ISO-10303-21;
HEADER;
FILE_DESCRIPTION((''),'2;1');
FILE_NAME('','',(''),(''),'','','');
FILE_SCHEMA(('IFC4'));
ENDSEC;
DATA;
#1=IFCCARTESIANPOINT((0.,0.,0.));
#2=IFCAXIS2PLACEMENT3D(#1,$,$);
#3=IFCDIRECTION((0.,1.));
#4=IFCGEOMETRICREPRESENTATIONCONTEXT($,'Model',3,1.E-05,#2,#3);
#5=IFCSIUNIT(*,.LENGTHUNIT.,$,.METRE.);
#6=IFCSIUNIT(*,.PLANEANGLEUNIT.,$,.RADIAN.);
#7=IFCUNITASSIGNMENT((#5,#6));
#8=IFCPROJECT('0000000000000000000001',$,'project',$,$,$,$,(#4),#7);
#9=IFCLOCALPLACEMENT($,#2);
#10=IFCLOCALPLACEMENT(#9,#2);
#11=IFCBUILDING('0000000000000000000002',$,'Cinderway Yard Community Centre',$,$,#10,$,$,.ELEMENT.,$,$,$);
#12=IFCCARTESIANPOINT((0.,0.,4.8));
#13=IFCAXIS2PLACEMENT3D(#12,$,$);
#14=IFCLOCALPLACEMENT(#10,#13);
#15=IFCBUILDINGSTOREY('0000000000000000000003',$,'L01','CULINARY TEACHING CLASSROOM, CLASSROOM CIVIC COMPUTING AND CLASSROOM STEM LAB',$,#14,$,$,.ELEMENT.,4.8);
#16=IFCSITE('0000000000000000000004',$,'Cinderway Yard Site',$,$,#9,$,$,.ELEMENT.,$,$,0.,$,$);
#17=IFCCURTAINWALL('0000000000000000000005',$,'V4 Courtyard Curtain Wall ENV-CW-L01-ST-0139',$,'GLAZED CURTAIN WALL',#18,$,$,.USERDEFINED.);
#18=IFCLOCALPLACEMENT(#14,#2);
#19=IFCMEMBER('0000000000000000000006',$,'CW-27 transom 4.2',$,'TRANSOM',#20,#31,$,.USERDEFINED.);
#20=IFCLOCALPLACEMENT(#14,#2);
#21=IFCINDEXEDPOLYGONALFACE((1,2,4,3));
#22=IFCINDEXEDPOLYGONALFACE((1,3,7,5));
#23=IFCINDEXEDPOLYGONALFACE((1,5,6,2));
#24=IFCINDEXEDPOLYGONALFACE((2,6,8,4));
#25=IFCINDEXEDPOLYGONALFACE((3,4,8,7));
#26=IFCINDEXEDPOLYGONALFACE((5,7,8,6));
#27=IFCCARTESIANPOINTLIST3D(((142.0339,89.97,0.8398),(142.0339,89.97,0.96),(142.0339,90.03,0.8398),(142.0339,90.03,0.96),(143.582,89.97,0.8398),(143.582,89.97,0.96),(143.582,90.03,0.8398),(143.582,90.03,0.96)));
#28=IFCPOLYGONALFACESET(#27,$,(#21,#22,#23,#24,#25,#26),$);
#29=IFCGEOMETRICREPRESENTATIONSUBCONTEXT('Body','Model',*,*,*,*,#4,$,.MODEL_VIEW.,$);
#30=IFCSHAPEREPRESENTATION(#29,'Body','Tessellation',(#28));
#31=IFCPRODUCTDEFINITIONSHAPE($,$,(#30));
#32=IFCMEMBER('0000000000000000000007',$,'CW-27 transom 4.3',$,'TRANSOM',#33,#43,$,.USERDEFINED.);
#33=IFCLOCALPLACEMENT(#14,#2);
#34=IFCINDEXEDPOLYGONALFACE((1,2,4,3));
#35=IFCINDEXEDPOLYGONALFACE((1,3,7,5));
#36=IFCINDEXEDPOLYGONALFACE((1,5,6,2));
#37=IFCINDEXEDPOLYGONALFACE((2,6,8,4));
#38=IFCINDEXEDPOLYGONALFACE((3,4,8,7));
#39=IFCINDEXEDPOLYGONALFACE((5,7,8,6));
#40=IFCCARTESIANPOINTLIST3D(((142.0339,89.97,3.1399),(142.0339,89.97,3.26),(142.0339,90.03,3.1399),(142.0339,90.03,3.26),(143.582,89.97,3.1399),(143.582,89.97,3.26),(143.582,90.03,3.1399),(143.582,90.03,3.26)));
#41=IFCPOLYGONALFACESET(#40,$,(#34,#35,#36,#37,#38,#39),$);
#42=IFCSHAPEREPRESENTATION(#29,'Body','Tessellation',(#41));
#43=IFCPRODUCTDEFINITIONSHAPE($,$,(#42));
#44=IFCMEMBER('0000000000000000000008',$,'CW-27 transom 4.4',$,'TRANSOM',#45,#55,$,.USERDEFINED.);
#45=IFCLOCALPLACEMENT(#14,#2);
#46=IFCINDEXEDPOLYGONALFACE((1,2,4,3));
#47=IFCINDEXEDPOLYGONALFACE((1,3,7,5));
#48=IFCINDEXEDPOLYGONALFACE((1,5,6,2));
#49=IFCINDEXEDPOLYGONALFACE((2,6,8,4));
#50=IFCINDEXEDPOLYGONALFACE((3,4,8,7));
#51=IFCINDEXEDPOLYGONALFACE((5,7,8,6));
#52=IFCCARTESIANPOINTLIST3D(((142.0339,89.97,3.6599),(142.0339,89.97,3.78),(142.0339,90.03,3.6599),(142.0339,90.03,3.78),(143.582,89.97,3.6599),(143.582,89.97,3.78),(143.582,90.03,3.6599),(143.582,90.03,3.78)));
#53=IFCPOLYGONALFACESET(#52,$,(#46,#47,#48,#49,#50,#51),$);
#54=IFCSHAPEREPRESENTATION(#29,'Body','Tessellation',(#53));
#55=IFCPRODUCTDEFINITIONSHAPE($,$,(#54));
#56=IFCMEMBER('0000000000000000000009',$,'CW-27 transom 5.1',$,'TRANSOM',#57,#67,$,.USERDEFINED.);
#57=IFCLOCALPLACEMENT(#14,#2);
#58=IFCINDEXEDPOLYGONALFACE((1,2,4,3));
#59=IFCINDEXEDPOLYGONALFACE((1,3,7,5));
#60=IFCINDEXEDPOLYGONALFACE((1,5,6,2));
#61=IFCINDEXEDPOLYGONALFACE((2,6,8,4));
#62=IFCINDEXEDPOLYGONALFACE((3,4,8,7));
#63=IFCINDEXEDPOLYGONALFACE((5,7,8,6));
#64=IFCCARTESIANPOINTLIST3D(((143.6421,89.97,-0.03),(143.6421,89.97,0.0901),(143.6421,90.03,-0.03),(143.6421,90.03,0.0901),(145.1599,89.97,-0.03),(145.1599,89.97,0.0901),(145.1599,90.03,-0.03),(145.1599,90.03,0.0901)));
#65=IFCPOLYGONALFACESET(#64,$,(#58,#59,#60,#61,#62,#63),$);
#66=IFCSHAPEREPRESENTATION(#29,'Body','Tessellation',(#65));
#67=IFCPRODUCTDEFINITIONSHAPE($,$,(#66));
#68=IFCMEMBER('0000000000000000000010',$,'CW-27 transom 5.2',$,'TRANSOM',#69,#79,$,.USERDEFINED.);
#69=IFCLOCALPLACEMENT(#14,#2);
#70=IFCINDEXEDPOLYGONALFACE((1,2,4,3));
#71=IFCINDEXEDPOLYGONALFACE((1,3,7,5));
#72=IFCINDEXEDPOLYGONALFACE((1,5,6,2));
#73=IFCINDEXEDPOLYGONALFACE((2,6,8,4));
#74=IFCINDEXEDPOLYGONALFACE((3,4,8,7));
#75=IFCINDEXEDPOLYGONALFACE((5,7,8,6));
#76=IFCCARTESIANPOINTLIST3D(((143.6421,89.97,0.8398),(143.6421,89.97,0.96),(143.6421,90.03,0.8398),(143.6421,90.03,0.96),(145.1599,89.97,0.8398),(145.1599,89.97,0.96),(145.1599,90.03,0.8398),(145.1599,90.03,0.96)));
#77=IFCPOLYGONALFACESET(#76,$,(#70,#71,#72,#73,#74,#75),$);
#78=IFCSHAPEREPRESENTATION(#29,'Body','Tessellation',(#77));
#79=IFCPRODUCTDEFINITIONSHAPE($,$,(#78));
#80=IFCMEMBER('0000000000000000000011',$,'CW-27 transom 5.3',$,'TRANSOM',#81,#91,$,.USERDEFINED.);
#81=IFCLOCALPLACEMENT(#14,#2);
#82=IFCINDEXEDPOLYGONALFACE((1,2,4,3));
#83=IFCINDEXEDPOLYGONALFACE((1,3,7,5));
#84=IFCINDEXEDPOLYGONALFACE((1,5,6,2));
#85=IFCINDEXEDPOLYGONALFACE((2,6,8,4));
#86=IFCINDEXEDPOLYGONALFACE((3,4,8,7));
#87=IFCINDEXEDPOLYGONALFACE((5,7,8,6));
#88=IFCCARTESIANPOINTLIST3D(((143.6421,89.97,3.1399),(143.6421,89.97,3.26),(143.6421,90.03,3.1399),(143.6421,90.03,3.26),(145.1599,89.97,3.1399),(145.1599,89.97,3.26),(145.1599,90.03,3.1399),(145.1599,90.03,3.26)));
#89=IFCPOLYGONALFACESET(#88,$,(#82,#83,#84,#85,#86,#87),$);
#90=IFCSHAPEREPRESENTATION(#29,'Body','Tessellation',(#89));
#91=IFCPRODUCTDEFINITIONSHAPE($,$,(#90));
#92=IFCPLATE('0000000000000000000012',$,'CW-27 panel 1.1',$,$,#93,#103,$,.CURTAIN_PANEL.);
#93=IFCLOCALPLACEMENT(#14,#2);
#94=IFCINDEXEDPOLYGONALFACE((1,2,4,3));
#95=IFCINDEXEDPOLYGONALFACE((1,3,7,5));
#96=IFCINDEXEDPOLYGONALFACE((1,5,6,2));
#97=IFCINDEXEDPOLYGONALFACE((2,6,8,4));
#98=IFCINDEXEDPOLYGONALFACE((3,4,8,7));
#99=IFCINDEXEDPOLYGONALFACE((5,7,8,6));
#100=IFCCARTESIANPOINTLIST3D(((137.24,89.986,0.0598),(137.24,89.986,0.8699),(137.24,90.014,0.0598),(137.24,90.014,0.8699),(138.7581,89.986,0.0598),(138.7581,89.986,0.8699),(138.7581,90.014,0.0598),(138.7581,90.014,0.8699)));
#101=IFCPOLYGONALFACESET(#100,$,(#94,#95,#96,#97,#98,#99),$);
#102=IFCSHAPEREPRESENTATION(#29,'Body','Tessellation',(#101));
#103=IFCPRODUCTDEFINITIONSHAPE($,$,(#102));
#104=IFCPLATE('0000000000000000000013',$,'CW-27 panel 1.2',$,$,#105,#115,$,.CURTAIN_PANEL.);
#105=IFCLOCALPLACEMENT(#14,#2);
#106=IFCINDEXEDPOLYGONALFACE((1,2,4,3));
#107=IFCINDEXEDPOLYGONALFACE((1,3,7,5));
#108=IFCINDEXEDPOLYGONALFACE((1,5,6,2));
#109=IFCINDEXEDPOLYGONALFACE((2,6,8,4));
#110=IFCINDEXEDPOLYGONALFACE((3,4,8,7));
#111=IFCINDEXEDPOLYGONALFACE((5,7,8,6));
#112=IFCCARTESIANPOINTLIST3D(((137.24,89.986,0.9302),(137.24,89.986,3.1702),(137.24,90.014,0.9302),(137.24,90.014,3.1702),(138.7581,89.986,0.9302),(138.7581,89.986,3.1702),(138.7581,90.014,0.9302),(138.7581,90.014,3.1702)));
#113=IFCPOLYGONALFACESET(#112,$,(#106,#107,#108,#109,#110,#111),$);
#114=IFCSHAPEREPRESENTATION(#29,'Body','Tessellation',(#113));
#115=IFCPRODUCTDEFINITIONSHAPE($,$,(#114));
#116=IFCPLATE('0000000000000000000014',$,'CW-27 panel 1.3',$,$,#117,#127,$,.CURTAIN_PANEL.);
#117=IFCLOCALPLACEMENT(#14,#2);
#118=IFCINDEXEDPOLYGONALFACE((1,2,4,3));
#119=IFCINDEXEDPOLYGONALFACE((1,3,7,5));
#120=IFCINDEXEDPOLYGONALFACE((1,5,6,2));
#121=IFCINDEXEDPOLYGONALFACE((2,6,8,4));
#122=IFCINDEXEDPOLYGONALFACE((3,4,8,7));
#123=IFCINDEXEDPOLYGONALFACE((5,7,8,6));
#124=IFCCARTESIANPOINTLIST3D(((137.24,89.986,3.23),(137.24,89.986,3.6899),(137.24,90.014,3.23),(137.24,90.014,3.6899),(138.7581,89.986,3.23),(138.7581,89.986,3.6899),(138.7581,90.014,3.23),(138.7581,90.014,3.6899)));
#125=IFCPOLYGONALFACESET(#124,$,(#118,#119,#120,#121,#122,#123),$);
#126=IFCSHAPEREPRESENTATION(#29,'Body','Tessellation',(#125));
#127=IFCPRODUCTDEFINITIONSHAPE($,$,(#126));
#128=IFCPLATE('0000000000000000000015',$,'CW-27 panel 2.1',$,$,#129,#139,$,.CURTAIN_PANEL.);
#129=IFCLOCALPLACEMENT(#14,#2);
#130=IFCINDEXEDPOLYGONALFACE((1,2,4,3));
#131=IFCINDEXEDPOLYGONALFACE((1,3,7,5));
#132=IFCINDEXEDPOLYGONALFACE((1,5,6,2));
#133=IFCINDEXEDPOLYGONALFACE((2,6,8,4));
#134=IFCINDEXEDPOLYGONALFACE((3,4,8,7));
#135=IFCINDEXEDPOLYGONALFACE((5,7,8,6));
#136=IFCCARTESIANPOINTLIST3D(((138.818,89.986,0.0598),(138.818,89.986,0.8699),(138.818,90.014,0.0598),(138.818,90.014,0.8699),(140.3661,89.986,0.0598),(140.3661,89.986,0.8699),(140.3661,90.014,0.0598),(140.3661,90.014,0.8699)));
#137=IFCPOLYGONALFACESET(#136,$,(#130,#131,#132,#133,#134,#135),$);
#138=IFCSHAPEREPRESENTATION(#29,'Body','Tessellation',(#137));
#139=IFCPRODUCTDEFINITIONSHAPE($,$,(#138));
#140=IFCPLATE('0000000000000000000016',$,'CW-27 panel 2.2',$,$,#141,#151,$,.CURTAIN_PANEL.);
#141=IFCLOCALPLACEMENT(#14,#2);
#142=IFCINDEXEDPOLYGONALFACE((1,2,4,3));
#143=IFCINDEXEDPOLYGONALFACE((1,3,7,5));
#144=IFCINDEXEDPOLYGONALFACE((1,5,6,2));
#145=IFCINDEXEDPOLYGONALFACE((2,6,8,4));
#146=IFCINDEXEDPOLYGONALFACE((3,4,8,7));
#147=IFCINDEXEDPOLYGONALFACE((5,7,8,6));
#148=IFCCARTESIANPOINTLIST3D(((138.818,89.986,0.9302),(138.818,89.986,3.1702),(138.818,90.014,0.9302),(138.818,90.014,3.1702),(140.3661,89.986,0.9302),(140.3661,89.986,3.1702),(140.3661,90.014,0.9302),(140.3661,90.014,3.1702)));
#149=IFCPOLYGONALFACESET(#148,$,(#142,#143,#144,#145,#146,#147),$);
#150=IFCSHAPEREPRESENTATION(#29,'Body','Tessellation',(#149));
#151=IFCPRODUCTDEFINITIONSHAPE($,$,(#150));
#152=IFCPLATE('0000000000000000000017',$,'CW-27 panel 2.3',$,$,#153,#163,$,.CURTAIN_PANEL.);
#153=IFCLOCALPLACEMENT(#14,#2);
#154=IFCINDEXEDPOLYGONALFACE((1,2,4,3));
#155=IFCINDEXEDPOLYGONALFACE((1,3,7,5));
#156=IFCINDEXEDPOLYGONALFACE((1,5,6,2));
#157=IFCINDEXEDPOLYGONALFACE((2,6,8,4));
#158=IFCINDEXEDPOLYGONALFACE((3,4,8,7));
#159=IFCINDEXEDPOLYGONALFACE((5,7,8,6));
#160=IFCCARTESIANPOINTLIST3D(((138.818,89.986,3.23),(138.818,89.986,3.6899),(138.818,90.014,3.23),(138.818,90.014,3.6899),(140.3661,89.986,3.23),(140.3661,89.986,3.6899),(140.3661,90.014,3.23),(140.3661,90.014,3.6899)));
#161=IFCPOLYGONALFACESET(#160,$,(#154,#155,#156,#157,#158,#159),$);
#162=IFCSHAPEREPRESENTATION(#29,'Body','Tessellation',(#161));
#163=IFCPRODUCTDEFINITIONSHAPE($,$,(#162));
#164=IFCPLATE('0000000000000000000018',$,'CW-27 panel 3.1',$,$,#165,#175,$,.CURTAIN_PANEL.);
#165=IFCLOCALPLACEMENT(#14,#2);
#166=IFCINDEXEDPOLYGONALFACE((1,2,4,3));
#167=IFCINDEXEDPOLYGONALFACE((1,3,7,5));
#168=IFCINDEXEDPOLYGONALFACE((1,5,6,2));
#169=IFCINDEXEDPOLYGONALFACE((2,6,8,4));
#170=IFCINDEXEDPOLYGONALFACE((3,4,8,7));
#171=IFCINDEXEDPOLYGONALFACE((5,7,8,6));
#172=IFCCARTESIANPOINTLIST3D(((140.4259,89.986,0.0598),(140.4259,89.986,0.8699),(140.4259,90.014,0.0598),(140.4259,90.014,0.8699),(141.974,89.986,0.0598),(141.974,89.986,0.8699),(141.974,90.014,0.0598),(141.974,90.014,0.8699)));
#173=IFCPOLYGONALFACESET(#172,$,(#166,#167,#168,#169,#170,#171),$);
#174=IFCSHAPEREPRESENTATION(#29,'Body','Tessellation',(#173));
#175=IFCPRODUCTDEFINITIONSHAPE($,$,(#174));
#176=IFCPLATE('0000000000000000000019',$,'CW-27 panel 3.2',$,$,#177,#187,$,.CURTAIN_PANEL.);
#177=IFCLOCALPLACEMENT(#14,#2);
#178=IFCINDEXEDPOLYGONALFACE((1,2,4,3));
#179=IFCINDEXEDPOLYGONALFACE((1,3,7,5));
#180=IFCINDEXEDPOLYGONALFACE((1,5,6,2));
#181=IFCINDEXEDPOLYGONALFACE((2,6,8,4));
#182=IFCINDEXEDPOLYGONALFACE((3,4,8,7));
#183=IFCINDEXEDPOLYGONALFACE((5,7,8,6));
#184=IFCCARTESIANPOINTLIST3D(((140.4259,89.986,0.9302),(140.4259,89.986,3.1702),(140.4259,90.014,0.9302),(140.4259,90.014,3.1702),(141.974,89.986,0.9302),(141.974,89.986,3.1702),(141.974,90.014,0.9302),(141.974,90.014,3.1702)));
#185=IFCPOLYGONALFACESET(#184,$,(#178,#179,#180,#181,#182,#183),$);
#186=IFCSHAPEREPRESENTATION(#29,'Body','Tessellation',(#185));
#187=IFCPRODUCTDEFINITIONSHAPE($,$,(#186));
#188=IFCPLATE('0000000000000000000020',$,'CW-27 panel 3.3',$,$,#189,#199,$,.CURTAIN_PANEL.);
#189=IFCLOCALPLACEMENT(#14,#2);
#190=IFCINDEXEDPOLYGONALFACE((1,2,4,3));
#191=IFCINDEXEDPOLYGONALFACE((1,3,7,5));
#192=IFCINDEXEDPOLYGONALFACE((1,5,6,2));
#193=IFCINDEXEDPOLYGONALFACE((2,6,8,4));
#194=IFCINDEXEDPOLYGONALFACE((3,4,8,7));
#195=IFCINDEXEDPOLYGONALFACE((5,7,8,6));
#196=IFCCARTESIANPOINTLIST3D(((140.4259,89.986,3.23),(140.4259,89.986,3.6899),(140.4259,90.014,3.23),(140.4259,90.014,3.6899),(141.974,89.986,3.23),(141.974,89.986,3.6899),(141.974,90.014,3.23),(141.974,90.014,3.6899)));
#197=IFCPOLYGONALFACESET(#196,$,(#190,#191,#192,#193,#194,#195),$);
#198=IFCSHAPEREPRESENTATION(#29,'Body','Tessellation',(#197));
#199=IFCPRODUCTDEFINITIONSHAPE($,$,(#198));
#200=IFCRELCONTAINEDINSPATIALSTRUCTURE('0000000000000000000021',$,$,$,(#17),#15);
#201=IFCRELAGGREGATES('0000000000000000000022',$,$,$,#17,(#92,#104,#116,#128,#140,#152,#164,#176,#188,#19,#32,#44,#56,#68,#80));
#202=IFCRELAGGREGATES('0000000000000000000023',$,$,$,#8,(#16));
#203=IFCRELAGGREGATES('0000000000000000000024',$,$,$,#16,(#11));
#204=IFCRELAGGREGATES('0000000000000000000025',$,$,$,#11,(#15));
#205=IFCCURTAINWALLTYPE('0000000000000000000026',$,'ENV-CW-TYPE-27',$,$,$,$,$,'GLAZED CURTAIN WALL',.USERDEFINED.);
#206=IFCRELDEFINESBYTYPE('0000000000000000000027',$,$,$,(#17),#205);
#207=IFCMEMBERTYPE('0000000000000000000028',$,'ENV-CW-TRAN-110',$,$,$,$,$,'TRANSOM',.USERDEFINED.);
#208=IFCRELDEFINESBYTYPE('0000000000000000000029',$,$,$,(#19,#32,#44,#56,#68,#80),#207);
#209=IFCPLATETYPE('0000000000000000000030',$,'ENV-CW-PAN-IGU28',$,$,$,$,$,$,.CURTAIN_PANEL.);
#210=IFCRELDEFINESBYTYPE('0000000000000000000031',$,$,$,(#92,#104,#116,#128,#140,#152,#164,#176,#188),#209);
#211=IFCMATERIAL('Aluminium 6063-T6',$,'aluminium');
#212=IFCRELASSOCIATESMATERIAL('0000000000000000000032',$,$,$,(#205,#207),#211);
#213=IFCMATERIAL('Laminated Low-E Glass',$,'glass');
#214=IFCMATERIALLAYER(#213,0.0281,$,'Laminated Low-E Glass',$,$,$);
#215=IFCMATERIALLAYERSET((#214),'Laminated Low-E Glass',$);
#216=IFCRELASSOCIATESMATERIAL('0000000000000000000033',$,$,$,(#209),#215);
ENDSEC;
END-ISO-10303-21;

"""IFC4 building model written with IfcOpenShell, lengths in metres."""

from ifc_helpers import new_model, si_unit, direction, frame, origin, origin_2d, place, context, subcontext, project, spatial, rectangle, extrude, material, layer, layer_set, material_profile, profile_set, type_object, element, aggregate, save


model = new_model("IFC4")

# Units and contexts
model_context = context("Model", 3, precision=1e-05, world=origin(), true_north=direction((0.0, 1.0)))
body_context = subcontext(model_context, "Body", "Model", "MODEL_VIEW")
ifc_project = project(units=[si_unit("LENGTHUNIT", "METRE"), si_unit("PLANEANGLEUNIT", "RADIAN")], contexts=[model_context])

# Site, building, storey
site_placement = place(None, origin())
site = spatial("IfcSite", under=ifc_project, at=site_placement, Name="Cinderway Yard Site", CompositionType="ELEMENT", RefElevation=0.0)
building_placement = place(site_placement, origin())
building = spatial("IfcBuilding", under=site, at=building_placement, Name="Cinderway Yard Community Centre", CompositionType="ELEMENT")
storey_placement = place(building_placement, frame((0.0, 0.0, 4.8)))
storey = spatial("IfcBuildingStorey", under=building, at=storey_placement, Name="L01", Description="CULINARY TEACHING CLASSROOM, CLASSROOM CIVIC COMPUTING AND CLASSROOM STEM LAB", CompositionType="ELEMENT", Elevation=4.8)

# Curtain wall, members, plates
ifc_material_1 = material(Name="Aluminium 6063-T6", Category="aluminium")
curtain_wall_type = type_object("IfcCurtainWallType", Name="ENV-CW-TYPE-27", ElementType="GLAZED CURTAIN WALL", PredefinedType="USERDEFINED", material=ifc_material_1)
curtain_wall_placement = place(storey_placement, origin())
curtain_wall = element("IfcCurtainWall", 1, at=curtain_wall_placement, inside=storey, type_object=curtain_wall_type, Name="V4 Courtyard Curtain Wall ENV-CW-L01-ST-0139", ObjectType="GLAZED CURTAIN WALL", PredefinedType="USERDEFINED")
ifc_material_profile_1 = material_profile(ifc_material_1, rectangle(XDim=0.0601, YDim=0.1201, at=origin_2d()), Name="Aluminium 6063-T6")
ifc_profile_set_1 = profile_set([ifc_material_profile_1], Name="Aluminium 6063-T6")
member_type_1 = type_object("IfcMemberType", Name="ENV-CW-TRAN-110", ElementType="TRANSOM", PredefinedType="USERDEFINED", material=ifc_profile_set_1)
member_1_placement = place(storey_placement, frame((142.0339, 90.0, 0.8999), z_axis=(1.0, 0.0, 0.0), x_axis=(0.0, 1.0, 0.0)))
member_1 = element("IfcMember", 2, at=member_1_placement, type_object=member_type_1, Name="CW-27 transom 4.2", ObjectType="TRANSOM", PredefinedType="USERDEFINED", context=body_context, shape_type="SweptSolid", body=[
    extrude(rectangle(XDim=0.0601, YDim=0.1201, at=origin_2d()), origin(), (0.0, 0.0, 1.0), 1.5481),
])
member_2_placement = place(storey_placement, frame((142.0339, 90.0, 3.2), z_axis=(1.0, 0.0, 0.0), x_axis=(0.0, 1.0, 0.0)))
member_2 = element("IfcMember", 3, at=member_2_placement, type_object=member_type_1, Name="CW-27 transom 4.3", ObjectType="TRANSOM", PredefinedType="USERDEFINED", context=body_context, shape_type="SweptSolid", body=[
    extrude(rectangle(XDim=0.0601, YDim=0.1201, at=origin_2d()), origin(), (0.0, 0.0, 1.0), 1.5481),
])
member_3_placement = place(storey_placement, frame((142.0339, 90.0, 3.72), z_axis=(1.0, 0.0, 0.0), x_axis=(0.0, 1.0, 0.0)))
member_3 = element("IfcMember", 4, at=member_3_placement, type_object=member_type_1, Name="CW-27 transom 4.4", ObjectType="TRANSOM", PredefinedType="USERDEFINED", context=body_context, shape_type="SweptSolid", body=[
    extrude(rectangle(XDim=0.0601, YDim=0.1201, at=origin_2d()), origin(), (0.0, 0.0, 1.0), 1.5481),
])
member_4_placement = place(storey_placement, frame((143.6421, 90.0, 0.03), z_axis=(1.0, 0.0, 0.0), x_axis=(0.0, 1.0, 0.0)))
member_4 = element("IfcMember", 5, at=member_4_placement, type_object=member_type_1, Name="CW-27 transom 5.1", ObjectType="TRANSOM", PredefinedType="USERDEFINED", context=body_context, shape_type="SweptSolid", body=[
    extrude(rectangle(XDim=0.0601, YDim=0.1201, at=origin_2d()), origin(), (0.0, 0.0, 1.0), 1.5178),
])
member_5_placement = place(storey_placement, frame((143.6421, 90.0, 0.8999), z_axis=(1.0, 0.0, 0.0), x_axis=(0.0, 1.0, 0.0)))
member_5 = element("IfcMember", 6, at=member_5_placement, type_object=member_type_1, Name="CW-27 transom 5.2", ObjectType="TRANSOM", PredefinedType="USERDEFINED", context=body_context, shape_type="SweptSolid", body=[
    extrude(rectangle(XDim=0.0601, YDim=0.1201, at=origin_2d()), origin(), (0.0, 0.0, 1.0), 1.5178),
])
member_6_placement = place(storey_placement, frame((143.6421, 90.0, 3.2), z_axis=(1.0, 0.0, 0.0), x_axis=(0.0, 1.0, 0.0)))
member_6 = element("IfcMember", 7, at=member_6_placement, type_object=member_type_1, Name="CW-27 transom 5.3", ObjectType="TRANSOM", PredefinedType="USERDEFINED", context=body_context, shape_type="SweptSolid", body=[
    extrude(rectangle(XDim=0.0601, YDim=0.1201, at=origin_2d()), origin(), (0.0, 0.0, 1.0), 1.5178),
])
ifc_material_2 = material(Name="Laminated Low-E Glass", Category="glass")
ifc_layer = layer(ifc_material_2, 0.0281, Name="Laminated Low-E Glass")
ifc_layer_set = layer_set([ifc_layer], Name="Laminated Low-E Glass")
plate_type = type_object("IfcPlateType", Name="ENV-CW-PAN-IGU28", PredefinedType="CURTAIN_PANEL", material=ifc_layer_set)
plate_1_placement = place(storey_placement, frame((137.999, 90.0, 0.0598), z_axis=(0.0, 0.0, 1.0), x_axis=(1.0, 0.0, 0.0)))
plate_1 = element("IfcPlate", 8, at=plate_1_placement, type_object=plate_type, Name="CW-27 panel 1.1", PredefinedType="CURTAIN_PANEL", context=body_context, shape_type="SweptSolid", body=[
    extrude(rectangle(XDim=1.5181, YDim=0.0281, at=origin_2d()), origin(), (0.0, 0.0, 1.0), 0.8101),
])
plate_2_placement = place(storey_placement, frame((137.999, 90.0, 0.9302), z_axis=(0.0, 0.0, 1.0), x_axis=(1.0, 0.0, 0.0)))
plate_2 = element("IfcPlate", 9, at=plate_2_placement, type_object=plate_type, Name="CW-27 panel 1.2", PredefinedType="CURTAIN_PANEL", context=body_context, shape_type="SweptSolid", body=[
    extrude(rectangle(XDim=1.5181, YDim=0.0281, at=origin_2d()), origin(), (0.0, 0.0, 1.0), 2.24),
])
plate_3_placement = place(storey_placement, frame((137.999, 90.0, 3.23), z_axis=(0.0, 0.0, 1.0), x_axis=(1.0, 0.0, 0.0)))
plate_3 = element("IfcPlate", 10, at=plate_3_placement, type_object=plate_type, Name="CW-27 panel 1.3", PredefinedType="CURTAIN_PANEL", context=body_context, shape_type="SweptSolid", body=[
    extrude(rectangle(XDim=1.5181, YDim=0.0281, at=origin_2d()), origin(), (0.0, 0.0, 1.0), 0.46),
])
plate_4_placement = place(storey_placement, frame((139.592, 90.0, 0.0598), z_axis=(0.0, 0.0, 1.0), x_axis=(1.0, 0.0, 0.0)))
plate_4 = element("IfcPlate", 11, at=plate_4_placement, type_object=plate_type, Name="CW-27 panel 2.1", PredefinedType="CURTAIN_PANEL", context=body_context, shape_type="SweptSolid", body=[
    extrude(rectangle(XDim=1.5481, YDim=0.0281, at=origin_2d()), origin(), (0.0, 0.0, 1.0), 0.8101),
])
plate_5_placement = place(storey_placement, frame((139.592, 90.0, 0.9302), z_axis=(0.0, 0.0, 1.0), x_axis=(1.0, 0.0, 0.0)))
plate_5 = element("IfcPlate", 12, at=plate_5_placement, type_object=plate_type, Name="CW-27 panel 2.2", PredefinedType="CURTAIN_PANEL", context=body_context, shape_type="SweptSolid", body=[
    extrude(rectangle(XDim=1.5481, YDim=0.0281, at=origin_2d()), origin(), (0.0, 0.0, 1.0), 2.24),
])
plate_6_placement = place(storey_placement, frame((139.592, 90.0, 3.23), z_axis=(0.0, 0.0, 1.0), x_axis=(1.0, 0.0, 0.0)))
plate_6 = element("IfcPlate", 13, at=plate_6_placement, type_object=plate_type, Name="CW-27 panel 2.3", PredefinedType="CURTAIN_PANEL", context=body_context, shape_type="SweptSolid", body=[
    extrude(rectangle(XDim=1.5481, YDim=0.0281, at=origin_2d()), origin(), (0.0, 0.0, 1.0), 0.46),
])
plate_7_placement = place(storey_placement, frame((141.2, 90.0, 0.0598), z_axis=(0.0, 0.0, 1.0), x_axis=(1.0, 0.0, 0.0)))
plate_7 = element("IfcPlate", 14, at=plate_7_placement, type_object=plate_type, Name="CW-27 panel 3.1", PredefinedType="CURTAIN_PANEL", context=body_context, shape_type="SweptSolid", body=[
    extrude(rectangle(XDim=1.5481, YDim=0.0281, at=origin_2d()), origin(), (0.0, 0.0, 1.0), 0.8101),
])
plate_8_placement = place(storey_placement, frame((141.2, 90.0, 0.9302), z_axis=(0.0, 0.0, 1.0), x_axis=(1.0, 0.0, 0.0)))
plate_8 = element("IfcPlate", 15, at=plate_8_placement, type_object=plate_type, Name="CW-27 panel 3.2", PredefinedType="CURTAIN_PANEL", context=body_context, shape_type="SweptSolid", body=[
    extrude(rectangle(XDim=1.5481, YDim=0.0281, at=origin_2d()), origin(), (0.0, 0.0, 1.0), 2.24),
])
plate_9_placement = place(storey_placement, frame((141.2, 90.0, 3.23), z_axis=(0.0, 0.0, 1.0), x_axis=(1.0, 0.0, 0.0)))
plate_9 = element("IfcPlate", 16, at=plate_9_placement, type_object=plate_type, Name="CW-27 panel 3.3", PredefinedType="CURTAIN_PANEL", context=body_context, shape_type="SweptSolid", body=[
    extrude(rectangle(XDim=1.5481, YDim=0.0281, at=origin_2d()), origin(), (0.0, 0.0, 1.0), 0.46),
])
aggregate(curtain_wall, [plate_1, plate_2, plate_3, plate_4, plate_5, plate_6, plate_7, plate_8, plate_9, member_1, member_2, member_3, member_4, member_5, member_6])

save(model, "model.ifc")
